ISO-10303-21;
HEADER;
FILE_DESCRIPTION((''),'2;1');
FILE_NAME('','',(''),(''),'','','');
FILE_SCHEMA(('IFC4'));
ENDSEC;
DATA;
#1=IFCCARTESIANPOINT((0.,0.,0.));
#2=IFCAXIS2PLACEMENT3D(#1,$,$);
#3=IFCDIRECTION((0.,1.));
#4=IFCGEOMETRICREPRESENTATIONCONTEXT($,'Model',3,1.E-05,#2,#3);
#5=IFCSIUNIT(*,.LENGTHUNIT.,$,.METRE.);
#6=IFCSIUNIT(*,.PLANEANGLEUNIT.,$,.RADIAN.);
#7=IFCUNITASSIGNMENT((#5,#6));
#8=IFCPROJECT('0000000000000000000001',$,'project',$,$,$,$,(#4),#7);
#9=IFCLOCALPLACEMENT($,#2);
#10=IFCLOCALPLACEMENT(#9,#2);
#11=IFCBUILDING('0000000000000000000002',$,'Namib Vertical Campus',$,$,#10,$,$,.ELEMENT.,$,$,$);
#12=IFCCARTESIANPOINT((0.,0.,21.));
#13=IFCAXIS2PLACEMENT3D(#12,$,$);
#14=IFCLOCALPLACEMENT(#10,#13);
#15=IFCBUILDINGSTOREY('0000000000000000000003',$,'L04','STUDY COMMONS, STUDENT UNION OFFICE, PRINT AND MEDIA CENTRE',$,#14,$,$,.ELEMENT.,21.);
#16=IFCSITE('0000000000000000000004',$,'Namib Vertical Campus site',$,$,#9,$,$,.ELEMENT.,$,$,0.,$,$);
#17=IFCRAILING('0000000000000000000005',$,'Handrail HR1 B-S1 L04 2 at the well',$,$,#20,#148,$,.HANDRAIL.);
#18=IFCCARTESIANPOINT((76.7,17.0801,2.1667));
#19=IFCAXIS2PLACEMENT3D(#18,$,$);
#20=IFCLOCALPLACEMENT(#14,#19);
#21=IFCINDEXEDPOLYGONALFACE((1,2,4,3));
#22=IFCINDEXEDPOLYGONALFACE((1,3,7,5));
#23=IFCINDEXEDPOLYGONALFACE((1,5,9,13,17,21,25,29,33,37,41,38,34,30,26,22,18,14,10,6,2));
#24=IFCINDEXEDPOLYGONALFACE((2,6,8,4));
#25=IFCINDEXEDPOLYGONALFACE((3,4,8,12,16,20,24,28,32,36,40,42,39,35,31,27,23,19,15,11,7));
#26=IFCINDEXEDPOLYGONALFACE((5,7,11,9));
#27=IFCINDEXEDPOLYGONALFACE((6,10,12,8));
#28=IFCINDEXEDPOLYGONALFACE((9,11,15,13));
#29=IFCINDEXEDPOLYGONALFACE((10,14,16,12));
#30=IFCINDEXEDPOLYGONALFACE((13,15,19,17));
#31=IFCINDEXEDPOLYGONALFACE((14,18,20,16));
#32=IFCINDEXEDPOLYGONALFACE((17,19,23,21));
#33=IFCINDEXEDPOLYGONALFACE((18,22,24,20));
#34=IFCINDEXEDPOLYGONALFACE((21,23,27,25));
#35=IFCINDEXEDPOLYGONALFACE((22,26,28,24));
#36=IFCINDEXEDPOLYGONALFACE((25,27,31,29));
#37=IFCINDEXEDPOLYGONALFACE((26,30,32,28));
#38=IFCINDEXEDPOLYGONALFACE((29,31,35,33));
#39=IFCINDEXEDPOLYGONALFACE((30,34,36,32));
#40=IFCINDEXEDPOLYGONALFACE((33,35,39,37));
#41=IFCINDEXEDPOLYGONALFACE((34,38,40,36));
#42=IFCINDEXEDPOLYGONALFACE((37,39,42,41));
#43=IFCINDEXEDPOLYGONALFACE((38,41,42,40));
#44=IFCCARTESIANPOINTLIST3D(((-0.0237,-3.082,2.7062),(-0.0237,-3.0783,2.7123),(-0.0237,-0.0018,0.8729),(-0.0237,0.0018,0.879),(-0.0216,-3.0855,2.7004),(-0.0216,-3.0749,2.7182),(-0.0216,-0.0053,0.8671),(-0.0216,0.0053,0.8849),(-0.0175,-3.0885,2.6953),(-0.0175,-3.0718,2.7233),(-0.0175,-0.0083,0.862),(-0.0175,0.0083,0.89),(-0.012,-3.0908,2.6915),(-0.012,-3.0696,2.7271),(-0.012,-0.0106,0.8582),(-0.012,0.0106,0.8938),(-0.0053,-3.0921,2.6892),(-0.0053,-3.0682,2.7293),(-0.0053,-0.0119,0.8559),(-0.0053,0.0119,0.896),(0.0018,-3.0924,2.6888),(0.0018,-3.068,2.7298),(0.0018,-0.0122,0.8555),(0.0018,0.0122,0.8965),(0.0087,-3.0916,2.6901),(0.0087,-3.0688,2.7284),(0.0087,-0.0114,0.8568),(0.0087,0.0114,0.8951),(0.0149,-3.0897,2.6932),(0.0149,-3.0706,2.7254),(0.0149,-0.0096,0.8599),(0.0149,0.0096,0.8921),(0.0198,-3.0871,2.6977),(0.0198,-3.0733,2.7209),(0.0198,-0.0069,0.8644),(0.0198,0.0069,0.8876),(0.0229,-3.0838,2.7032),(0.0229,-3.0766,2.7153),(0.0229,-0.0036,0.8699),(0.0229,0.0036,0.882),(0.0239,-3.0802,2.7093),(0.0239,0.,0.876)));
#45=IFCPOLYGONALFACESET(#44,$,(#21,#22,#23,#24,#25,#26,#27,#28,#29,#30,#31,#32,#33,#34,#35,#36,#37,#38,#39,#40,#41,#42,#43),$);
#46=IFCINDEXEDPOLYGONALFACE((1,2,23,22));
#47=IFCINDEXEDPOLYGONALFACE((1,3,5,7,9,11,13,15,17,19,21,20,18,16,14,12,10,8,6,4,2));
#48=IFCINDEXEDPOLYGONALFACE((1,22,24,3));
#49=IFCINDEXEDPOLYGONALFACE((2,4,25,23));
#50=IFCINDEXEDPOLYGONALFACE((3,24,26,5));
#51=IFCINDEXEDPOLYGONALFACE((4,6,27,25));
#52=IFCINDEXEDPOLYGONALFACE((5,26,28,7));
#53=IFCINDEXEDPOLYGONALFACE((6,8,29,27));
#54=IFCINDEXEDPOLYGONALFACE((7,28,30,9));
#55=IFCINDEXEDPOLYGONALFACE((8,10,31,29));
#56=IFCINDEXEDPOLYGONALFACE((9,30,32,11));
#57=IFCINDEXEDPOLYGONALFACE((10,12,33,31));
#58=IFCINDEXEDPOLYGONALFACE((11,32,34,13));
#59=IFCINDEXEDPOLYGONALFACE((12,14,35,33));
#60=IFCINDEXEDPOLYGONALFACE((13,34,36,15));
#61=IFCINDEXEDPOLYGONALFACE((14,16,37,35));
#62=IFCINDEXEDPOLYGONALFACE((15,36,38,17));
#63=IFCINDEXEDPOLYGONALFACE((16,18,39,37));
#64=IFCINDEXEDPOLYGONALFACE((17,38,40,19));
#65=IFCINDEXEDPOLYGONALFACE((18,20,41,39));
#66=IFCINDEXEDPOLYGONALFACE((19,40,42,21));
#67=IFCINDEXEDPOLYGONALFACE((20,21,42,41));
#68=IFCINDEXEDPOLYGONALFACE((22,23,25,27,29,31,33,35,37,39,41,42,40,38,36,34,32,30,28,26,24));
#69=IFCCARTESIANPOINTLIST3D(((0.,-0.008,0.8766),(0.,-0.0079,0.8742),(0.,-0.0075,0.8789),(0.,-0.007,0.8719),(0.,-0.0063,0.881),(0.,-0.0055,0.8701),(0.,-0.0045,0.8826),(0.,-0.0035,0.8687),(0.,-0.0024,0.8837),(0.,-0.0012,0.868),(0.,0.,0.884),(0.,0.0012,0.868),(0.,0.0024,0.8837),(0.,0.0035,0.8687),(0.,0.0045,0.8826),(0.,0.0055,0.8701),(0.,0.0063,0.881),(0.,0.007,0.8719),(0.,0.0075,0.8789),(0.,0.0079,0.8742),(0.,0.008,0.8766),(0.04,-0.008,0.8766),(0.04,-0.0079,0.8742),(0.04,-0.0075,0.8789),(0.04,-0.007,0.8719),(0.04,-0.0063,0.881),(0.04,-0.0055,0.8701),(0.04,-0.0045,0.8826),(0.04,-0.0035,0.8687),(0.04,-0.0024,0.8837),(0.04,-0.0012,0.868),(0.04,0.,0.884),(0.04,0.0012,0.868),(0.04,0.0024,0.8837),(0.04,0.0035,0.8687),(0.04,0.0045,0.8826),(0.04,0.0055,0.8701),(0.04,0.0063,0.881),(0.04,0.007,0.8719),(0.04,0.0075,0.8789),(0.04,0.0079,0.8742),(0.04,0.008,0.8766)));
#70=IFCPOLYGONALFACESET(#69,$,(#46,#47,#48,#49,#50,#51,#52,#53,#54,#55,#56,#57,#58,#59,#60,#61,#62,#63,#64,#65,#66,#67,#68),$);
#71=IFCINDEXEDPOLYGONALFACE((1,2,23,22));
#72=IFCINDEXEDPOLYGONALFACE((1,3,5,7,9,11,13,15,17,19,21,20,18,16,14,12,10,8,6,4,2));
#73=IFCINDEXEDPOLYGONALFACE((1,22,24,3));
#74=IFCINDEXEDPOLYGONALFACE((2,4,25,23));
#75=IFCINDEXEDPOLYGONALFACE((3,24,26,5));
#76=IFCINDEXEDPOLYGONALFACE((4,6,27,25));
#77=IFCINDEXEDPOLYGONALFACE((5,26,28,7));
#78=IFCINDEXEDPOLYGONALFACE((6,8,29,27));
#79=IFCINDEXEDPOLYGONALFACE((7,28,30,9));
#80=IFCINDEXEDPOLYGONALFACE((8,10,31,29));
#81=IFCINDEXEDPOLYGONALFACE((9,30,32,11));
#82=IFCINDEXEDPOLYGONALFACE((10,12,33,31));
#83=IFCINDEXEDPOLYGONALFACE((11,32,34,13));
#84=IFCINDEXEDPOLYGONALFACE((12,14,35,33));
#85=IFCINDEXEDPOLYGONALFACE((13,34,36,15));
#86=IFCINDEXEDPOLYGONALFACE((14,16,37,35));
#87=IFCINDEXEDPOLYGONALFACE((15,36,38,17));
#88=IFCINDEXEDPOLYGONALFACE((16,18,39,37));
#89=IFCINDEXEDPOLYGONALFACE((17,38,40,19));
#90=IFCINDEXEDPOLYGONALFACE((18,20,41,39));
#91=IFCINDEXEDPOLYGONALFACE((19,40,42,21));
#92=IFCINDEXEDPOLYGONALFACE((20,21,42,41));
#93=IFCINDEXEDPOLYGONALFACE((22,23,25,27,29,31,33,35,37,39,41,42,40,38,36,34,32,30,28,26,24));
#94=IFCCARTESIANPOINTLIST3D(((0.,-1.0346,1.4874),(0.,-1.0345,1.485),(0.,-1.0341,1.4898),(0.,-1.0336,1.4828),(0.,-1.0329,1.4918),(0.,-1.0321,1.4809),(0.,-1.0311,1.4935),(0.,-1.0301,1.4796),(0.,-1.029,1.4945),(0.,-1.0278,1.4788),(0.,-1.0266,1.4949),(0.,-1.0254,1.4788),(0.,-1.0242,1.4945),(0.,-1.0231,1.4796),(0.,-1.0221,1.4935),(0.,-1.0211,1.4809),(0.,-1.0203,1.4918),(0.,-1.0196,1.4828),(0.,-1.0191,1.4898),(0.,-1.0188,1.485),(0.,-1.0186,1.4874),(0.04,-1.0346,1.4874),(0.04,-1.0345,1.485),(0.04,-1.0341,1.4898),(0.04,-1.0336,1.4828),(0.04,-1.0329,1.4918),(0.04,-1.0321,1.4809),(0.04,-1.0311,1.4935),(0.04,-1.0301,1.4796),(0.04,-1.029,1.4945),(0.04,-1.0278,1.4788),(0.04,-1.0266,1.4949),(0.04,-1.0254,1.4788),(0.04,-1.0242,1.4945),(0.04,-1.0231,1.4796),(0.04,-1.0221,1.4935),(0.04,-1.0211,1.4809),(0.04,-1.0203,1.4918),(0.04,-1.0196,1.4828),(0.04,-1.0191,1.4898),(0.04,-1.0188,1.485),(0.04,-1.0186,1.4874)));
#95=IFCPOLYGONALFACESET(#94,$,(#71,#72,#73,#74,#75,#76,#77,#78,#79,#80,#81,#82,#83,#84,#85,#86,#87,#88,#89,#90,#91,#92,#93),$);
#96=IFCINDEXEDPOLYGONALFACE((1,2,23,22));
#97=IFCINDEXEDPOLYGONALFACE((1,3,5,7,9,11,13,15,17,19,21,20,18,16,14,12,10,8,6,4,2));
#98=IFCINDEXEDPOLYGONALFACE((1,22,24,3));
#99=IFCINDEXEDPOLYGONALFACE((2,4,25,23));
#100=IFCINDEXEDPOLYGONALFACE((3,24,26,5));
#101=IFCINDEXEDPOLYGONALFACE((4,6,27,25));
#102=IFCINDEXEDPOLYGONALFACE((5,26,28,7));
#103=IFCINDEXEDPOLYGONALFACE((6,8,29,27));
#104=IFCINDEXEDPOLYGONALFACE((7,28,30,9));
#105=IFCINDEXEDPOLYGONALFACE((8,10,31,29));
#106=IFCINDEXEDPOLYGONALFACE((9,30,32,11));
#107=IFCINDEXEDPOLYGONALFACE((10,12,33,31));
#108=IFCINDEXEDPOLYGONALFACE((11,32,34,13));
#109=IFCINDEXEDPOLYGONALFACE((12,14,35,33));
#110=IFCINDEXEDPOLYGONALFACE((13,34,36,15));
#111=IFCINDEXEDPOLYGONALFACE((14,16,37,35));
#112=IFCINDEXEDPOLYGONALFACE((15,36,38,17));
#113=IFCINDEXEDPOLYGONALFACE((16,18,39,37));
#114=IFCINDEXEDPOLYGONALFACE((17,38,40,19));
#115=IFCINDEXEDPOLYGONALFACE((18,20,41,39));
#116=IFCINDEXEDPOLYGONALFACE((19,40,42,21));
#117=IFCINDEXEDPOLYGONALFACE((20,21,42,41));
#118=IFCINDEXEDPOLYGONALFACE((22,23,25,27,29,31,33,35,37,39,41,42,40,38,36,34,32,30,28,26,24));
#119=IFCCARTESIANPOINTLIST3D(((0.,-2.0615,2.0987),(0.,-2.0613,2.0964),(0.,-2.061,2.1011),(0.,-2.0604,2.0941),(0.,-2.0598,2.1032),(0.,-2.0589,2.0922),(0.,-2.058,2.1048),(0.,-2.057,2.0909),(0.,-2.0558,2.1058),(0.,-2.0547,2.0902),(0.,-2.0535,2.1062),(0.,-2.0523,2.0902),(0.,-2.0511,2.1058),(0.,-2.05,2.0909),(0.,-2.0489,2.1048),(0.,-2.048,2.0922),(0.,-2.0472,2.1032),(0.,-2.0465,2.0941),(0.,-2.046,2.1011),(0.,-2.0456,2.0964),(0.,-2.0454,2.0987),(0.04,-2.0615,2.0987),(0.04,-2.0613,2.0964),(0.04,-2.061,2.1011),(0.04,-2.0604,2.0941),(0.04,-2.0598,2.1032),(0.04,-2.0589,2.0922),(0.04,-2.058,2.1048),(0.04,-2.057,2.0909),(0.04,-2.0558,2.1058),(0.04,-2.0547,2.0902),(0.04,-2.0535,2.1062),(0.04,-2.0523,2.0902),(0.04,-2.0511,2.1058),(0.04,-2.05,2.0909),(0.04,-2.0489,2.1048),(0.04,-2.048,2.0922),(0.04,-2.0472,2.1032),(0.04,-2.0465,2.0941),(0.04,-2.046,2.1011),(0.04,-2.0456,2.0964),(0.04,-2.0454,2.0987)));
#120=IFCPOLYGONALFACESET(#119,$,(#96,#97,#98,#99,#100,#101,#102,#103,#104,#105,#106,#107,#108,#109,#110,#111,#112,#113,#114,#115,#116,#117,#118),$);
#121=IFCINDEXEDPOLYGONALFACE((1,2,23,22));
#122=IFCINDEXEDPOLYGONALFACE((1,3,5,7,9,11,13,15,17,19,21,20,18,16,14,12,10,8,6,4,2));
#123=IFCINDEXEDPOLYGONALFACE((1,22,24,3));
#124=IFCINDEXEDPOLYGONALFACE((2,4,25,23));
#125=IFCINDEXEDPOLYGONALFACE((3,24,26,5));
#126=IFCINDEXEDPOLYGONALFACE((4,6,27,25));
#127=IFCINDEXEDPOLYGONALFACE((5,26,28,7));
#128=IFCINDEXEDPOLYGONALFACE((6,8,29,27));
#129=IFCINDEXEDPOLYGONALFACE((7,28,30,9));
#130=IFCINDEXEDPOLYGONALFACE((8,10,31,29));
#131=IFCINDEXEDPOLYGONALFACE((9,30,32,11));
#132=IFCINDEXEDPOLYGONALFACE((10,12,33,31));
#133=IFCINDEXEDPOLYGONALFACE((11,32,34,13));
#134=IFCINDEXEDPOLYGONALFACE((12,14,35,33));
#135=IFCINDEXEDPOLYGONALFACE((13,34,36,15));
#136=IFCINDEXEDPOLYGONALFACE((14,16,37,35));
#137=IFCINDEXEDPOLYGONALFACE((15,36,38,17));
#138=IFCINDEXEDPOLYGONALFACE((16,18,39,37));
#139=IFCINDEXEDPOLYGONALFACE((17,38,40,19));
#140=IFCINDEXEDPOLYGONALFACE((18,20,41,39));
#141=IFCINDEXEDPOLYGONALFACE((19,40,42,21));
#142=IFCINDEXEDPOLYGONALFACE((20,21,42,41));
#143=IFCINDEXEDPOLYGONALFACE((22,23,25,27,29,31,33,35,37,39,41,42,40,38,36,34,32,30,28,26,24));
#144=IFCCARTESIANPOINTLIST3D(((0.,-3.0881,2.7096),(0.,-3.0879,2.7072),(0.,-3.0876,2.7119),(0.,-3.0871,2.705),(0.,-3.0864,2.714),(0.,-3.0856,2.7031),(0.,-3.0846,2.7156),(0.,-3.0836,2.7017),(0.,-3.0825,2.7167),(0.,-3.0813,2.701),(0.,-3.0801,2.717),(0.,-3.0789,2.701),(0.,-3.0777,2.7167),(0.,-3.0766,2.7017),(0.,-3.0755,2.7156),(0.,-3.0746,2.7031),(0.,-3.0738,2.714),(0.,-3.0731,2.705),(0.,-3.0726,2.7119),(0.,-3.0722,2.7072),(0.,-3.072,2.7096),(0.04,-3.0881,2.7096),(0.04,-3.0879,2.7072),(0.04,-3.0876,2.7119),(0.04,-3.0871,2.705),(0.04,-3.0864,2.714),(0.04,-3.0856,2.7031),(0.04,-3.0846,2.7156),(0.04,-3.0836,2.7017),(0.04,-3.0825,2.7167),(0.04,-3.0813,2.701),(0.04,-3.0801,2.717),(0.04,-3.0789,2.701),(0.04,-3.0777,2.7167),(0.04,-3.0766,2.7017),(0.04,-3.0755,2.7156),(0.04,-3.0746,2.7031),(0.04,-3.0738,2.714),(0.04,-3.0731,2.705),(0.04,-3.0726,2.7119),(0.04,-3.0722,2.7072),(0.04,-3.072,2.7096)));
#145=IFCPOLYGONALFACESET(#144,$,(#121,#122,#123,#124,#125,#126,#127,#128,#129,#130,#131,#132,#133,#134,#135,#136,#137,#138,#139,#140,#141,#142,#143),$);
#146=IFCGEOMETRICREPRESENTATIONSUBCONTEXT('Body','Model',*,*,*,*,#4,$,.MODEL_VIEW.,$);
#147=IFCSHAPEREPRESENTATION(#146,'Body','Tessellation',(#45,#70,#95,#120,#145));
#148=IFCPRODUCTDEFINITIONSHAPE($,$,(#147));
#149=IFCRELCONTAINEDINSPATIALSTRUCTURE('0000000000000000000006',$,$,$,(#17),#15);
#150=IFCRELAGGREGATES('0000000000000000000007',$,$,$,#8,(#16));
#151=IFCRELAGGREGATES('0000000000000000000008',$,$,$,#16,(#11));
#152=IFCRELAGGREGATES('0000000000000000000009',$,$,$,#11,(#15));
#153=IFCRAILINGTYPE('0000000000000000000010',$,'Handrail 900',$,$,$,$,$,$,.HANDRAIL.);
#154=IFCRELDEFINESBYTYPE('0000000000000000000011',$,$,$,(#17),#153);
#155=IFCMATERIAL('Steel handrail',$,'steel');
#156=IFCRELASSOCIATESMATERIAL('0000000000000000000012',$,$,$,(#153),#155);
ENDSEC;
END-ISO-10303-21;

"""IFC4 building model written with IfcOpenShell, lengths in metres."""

from ifc_helpers import new_model, si_unit, direction, frame, origin, origin_2d, place, context, subcontext, project, spatial, circle, extrude, material, type_object, element, save


model = new_model("IFC4")

# Units and contexts
model_context = context("Model", 3, precision=1e-05, world=origin(), true_north=direction((0.0, 1.0)))
body_context = subcontext(model_context, "Body", "Model", "MODEL_VIEW")
ifc_project = project(units=[si_unit("LENGTHUNIT", "METRE"), si_unit("PLANEANGLEUNIT", "RADIAN")], contexts=[model_context])

# Site, building, storey
site_placement = place(None, origin())
site = spatial("IfcSite", under=ifc_project, at=site_placement, Name="Namib Vertical Campus site", CompositionType="ELEMENT", RefElevation=0.0)
building_placement = place(site_placement, origin())
building = spatial("IfcBuilding", under=site, at=building_placement, Name="Namib Vertical Campus", CompositionType="ELEMENT")
storey_placement = place(building_placement, frame((0.0, 0.0, 21.0)))
storey = spatial("IfcBuildingStorey", under=building, at=storey_placement, Name="L04", Description="STUDY COMMONS, STUDENT UNION OFFICE, PRINT AND MEDIA CENTRE", CompositionType="ELEMENT", Elevation=21.0)

# Railing
ifc_material_1 = material(Name="Steel handrail", Category="steel")
railing_type_1 = type_object("IfcRailingType", Name="Handrail 900", PredefinedType="HANDRAIL", material=ifc_material_1)
railing_1_placement = place(storey_placement, frame((76.7, 17.0801, 2.1667)))
element("IfcRailing", 1, at=railing_1_placement, inside=storey, type_object=railing_type_1, Name="Handrail HR1 B-S1 L04 2 at the well", PredefinedType="HANDRAIL", context=body_context, shape_type="SweptSolid", body=[
    extrude(circle(Radius=0.0239, at=origin_2d()), frame((0.0, 0.0, 0.876), z_axis=(0.0, -0.859309, 0.511458), x_axis=(1.0, 0.0, 0.0)), (0.0, 0.0, 1.0), 3.5845),
    extrude(circle(Radius=0.0081, at=origin_2d()), frame((0.0, 0.0, 0.876), z_axis=(1.0, 0.0, 0.0), x_axis=(0.0, 0.0, 1.0)), (0.0, 0.0, 1.0), 0.04),
    extrude(circle(Radius=0.0081, at=origin_2d()), frame((0.0, -1.0266, 1.4868), z_axis=(1.0, 0.0, 0.0), x_axis=(0.0, 0.0, 1.0)), (0.0, 0.0, 1.0), 0.04),
    extrude(circle(Radius=0.0081, at=origin_2d()), frame((0.0, -2.0535, 2.0981), z_axis=(1.0, 0.0, 0.0), x_axis=(0.0, 0.0, 1.0)), (0.0, 0.0, 1.0), 0.04),
    extrude(circle(Radius=0.0081, at=origin_2d()), frame((0.0, -3.0801, 2.709), z_axis=(1.0, 0.0, 0.0), x_axis=(0.0, 0.0, 1.0)), (0.0, 0.0, 1.0), 0.04),
])

save(model, "model.ifc")
